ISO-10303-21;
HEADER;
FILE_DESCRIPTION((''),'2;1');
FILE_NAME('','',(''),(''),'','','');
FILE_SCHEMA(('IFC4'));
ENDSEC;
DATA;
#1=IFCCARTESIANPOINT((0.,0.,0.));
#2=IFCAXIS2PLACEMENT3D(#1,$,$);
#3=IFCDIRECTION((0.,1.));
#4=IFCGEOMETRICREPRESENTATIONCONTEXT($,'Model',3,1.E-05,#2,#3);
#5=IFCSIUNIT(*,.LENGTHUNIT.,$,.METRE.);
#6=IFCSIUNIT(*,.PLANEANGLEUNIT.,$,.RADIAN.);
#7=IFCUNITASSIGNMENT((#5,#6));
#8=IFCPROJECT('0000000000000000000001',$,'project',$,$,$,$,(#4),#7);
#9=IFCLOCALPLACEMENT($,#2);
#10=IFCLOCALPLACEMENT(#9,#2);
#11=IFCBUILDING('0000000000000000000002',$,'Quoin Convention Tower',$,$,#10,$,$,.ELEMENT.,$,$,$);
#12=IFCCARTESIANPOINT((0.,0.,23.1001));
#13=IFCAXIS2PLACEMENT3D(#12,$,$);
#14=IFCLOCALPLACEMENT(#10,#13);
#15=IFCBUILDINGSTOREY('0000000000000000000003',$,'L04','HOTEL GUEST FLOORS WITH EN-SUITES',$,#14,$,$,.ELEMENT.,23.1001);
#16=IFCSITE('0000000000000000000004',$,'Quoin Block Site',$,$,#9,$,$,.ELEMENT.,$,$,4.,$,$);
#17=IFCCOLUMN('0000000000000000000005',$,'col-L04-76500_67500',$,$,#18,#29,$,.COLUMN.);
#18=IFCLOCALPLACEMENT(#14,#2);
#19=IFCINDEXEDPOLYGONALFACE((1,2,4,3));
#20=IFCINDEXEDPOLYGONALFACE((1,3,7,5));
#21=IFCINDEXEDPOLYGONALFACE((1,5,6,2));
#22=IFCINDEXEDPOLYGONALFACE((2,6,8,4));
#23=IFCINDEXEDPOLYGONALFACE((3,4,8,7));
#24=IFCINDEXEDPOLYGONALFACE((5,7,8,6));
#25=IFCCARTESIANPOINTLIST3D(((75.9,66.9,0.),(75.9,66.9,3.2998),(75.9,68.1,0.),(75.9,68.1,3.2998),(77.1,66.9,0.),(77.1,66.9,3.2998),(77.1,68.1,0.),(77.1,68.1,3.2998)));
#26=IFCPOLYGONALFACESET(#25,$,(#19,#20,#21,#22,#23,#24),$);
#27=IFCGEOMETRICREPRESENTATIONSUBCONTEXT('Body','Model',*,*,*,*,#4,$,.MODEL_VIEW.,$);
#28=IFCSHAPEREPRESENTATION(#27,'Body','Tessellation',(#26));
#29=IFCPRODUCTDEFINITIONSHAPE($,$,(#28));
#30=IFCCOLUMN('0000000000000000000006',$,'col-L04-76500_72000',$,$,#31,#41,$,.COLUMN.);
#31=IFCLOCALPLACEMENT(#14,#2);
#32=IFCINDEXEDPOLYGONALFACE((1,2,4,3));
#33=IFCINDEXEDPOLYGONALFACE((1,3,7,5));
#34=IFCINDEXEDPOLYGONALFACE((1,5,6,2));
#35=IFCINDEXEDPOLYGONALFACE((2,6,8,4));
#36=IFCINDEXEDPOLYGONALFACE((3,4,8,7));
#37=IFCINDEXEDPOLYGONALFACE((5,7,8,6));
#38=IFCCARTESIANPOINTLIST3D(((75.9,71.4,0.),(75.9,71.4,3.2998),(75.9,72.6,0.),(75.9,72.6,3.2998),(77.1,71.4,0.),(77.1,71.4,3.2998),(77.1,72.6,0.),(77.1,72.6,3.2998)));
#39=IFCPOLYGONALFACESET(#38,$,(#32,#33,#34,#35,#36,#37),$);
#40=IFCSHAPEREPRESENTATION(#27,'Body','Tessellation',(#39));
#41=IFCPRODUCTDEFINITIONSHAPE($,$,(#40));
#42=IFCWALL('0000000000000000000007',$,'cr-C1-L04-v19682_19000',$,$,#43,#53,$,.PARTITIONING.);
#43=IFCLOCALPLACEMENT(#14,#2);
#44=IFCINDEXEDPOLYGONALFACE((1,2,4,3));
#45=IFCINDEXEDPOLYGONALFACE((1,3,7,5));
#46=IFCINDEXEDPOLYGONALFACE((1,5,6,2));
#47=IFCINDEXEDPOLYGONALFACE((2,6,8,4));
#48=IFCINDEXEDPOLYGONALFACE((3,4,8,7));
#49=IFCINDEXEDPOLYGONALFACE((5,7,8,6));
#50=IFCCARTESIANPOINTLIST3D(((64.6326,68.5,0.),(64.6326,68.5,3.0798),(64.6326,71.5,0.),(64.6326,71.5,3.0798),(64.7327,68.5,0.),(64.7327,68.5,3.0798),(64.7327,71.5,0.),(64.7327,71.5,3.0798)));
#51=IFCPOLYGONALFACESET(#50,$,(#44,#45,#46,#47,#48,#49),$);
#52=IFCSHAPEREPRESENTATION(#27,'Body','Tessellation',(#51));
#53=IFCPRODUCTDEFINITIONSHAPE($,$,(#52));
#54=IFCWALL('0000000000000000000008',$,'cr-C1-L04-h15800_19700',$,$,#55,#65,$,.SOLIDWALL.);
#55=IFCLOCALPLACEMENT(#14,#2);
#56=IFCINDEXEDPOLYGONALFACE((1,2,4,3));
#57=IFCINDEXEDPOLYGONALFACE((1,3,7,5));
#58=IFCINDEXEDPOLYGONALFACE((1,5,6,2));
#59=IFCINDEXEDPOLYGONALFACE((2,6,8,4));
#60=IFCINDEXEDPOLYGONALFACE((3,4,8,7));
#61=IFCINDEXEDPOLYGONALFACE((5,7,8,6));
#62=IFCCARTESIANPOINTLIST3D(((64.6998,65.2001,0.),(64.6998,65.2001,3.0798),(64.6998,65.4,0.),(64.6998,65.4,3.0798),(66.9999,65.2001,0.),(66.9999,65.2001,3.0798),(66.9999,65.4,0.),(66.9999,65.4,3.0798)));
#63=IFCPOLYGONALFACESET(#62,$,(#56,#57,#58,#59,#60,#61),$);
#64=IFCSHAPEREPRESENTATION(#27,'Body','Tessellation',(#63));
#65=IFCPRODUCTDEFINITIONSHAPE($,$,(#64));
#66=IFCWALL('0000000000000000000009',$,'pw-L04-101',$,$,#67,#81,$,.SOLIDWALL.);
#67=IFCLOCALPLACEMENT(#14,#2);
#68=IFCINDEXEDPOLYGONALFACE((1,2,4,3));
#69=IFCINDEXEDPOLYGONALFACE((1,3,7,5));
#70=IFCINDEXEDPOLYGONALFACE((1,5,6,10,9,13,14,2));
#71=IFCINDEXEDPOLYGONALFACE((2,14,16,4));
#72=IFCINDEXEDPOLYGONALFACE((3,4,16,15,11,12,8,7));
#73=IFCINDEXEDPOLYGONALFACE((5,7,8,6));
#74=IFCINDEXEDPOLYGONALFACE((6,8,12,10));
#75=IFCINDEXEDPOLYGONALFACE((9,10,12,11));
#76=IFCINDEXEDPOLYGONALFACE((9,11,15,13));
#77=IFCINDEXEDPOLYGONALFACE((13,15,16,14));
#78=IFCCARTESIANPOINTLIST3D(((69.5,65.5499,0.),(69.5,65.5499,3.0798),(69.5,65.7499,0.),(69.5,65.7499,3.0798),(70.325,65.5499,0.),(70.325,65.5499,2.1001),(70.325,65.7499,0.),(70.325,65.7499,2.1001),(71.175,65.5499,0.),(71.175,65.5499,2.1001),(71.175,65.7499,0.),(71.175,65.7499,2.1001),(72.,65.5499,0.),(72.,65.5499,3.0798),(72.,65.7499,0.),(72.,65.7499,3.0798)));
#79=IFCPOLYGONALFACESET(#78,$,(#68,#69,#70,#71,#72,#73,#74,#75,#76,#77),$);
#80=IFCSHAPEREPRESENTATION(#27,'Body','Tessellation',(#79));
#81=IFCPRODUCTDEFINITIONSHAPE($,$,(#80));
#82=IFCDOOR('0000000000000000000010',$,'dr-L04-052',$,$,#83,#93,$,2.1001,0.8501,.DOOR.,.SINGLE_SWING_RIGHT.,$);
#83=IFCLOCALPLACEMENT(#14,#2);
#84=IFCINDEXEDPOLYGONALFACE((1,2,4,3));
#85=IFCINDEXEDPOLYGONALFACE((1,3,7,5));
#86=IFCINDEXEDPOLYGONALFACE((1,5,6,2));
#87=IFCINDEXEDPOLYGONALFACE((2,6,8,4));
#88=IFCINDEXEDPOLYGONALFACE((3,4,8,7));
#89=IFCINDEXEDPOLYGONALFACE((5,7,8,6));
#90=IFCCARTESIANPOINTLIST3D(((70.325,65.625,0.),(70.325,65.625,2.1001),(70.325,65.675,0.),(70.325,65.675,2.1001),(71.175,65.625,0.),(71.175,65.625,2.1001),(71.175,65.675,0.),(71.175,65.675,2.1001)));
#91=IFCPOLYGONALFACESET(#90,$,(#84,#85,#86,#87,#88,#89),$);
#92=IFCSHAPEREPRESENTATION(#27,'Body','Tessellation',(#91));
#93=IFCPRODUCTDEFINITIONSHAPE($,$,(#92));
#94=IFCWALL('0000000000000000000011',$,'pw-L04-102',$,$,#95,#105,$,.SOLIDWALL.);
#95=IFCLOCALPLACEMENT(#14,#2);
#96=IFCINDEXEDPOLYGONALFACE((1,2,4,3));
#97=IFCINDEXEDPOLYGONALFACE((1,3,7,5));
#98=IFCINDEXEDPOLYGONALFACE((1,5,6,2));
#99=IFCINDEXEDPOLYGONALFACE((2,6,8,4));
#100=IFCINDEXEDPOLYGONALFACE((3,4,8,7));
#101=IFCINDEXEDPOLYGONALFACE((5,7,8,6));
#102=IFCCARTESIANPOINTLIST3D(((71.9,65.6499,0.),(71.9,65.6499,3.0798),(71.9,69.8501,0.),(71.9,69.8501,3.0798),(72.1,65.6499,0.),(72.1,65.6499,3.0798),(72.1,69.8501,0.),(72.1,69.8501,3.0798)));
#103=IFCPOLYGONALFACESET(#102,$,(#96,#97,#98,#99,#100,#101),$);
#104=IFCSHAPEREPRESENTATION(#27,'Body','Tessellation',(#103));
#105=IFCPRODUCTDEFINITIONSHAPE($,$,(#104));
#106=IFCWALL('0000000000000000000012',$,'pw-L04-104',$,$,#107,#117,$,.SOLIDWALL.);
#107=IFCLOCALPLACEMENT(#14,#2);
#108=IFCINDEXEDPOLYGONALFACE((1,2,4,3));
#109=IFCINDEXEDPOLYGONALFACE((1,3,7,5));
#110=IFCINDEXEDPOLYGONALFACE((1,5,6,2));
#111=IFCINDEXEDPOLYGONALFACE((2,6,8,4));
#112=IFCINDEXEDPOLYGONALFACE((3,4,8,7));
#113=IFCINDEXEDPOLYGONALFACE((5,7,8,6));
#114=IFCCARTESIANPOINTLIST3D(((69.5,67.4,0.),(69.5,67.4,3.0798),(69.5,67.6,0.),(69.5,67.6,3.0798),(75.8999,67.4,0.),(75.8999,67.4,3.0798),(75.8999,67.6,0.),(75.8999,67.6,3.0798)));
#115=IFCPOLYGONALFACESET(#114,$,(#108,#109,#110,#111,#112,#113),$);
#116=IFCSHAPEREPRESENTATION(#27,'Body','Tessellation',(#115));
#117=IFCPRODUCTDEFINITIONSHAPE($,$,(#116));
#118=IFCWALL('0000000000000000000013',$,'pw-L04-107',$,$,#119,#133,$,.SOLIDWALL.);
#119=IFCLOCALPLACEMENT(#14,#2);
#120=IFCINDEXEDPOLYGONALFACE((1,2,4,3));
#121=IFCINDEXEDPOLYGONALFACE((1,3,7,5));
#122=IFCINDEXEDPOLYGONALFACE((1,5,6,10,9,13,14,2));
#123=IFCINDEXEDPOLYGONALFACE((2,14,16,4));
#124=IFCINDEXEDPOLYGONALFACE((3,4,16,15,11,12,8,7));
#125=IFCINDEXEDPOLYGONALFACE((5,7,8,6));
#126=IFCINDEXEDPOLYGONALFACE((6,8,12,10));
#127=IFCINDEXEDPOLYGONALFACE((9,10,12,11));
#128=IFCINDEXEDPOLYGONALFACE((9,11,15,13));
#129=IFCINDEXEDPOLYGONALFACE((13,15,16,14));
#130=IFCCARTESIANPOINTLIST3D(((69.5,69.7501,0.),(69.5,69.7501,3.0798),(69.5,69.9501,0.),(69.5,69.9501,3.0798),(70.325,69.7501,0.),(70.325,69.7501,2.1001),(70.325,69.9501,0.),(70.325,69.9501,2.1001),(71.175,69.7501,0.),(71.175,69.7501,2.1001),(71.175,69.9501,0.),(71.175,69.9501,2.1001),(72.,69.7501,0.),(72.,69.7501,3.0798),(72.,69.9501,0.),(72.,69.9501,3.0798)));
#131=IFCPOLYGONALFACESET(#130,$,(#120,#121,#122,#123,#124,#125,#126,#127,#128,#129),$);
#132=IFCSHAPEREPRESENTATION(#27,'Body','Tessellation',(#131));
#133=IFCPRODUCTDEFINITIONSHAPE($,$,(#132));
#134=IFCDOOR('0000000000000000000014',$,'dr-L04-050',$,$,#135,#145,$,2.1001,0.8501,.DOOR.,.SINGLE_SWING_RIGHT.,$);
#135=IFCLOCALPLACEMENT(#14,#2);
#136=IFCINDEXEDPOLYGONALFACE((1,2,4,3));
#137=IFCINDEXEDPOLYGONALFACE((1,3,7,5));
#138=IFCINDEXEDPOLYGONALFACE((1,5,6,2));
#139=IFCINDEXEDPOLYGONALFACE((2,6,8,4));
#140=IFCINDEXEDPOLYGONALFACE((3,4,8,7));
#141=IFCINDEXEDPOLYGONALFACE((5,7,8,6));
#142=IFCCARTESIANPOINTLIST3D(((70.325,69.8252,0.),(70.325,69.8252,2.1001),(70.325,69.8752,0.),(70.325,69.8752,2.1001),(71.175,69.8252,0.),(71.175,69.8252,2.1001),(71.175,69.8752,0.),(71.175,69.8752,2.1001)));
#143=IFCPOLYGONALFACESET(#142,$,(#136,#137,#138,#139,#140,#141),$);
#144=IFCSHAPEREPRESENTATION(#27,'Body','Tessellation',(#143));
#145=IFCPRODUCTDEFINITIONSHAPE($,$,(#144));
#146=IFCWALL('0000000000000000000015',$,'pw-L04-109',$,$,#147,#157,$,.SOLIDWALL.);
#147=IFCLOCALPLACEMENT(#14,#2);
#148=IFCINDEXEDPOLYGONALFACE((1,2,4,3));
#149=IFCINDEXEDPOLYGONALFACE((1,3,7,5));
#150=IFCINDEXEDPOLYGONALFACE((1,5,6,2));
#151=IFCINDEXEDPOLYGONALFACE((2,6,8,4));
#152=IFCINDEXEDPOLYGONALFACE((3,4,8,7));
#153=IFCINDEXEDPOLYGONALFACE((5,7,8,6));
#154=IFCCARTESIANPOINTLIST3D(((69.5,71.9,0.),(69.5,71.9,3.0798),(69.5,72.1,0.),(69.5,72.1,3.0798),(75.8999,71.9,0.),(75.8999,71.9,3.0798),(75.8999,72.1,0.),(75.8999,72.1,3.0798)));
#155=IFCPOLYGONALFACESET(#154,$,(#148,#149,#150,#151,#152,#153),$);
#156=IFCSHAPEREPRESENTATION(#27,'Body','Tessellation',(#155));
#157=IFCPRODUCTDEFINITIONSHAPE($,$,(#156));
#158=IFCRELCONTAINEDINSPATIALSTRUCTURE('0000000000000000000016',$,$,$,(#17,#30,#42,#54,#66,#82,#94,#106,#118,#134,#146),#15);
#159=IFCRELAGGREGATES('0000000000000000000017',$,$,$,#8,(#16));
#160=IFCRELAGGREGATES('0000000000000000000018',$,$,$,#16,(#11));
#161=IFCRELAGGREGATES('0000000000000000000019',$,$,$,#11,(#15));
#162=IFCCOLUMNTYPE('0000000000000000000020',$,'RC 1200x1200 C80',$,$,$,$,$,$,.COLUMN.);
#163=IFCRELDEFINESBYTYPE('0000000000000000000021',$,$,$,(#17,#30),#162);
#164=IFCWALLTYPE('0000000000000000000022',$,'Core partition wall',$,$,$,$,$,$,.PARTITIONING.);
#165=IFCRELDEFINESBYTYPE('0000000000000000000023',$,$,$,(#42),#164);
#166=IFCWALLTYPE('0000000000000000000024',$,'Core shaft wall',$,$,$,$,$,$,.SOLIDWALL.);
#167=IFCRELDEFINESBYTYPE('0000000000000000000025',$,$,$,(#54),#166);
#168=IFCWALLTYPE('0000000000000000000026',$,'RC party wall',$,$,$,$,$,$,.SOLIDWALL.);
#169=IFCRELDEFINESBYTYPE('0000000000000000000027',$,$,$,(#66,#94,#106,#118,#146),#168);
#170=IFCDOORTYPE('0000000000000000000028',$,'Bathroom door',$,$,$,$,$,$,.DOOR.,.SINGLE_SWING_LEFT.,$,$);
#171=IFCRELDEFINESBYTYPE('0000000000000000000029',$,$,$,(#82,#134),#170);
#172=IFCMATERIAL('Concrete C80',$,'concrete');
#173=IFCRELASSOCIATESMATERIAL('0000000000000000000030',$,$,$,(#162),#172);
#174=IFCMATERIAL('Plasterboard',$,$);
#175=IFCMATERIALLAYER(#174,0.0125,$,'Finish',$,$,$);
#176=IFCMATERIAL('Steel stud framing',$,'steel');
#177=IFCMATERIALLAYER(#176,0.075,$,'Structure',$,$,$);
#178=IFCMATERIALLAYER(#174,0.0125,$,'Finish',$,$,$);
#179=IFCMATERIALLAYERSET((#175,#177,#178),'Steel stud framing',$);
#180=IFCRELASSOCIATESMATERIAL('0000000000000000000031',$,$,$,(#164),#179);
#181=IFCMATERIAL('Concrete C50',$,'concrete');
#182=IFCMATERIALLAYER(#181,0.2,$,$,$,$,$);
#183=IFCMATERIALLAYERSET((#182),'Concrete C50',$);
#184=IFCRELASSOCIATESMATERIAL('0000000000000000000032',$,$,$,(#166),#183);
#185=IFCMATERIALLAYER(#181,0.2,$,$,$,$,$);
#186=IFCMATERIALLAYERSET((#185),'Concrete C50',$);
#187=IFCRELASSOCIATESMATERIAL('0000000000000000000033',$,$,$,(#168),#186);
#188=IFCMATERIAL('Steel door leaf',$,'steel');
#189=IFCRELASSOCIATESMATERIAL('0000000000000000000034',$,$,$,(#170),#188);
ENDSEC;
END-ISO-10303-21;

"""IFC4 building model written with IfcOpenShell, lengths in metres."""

from ifc_helpers import new_model, si_unit, direction, frame, frame_2d, origin, origin_2d, place, context, subcontext, project, spatial, rectangle, extrude, material, layer, layer_set, material_profile, profile_set, type_object, element, fill, save


model = new_model("IFC4")

# Units and contexts
model_context = context("Model", 3, precision=1e-05, world=origin(), true_north=direction((0.0, 1.0)))
body_context = subcontext(model_context, "Body", "Model", "MODEL_VIEW")
ifc_project = project(units=[si_unit("LENGTHUNIT", "METRE"), si_unit("PLANEANGLEUNIT", "RADIAN")], contexts=[model_context])

# Site, building, storey
site_placement = place(None, origin())
site = spatial("IfcSite", under=ifc_project, at=site_placement, Name="Quoin Block Site", CompositionType="ELEMENT", RefElevation=4.0)
building_placement = place(site_placement, origin())
building = spatial("IfcBuilding", under=site, at=building_placement, Name="Quoin Convention Tower", CompositionType="ELEMENT")
storey_placement = place(building_placement, frame((0.0, 0.0, 23.1001)))
storey = spatial("IfcBuildingStorey", under=building, at=storey_placement, Name="L04", Description="HOTEL GUEST FLOORS WITH EN-SUITES", CompositionType="ELEMENT", Elevation=23.1001)

# Columns
ifc_material_1 = material(Name="Concrete C80", Category="concrete")
ifc_material_profile = material_profile(ifc_material_1, rectangle(XDim=1.2, YDim=1.2, at=origin_2d()), Name="RC 1200x1200")
ifc_profile_set = profile_set([ifc_material_profile], Name="Concrete C80")
column_type = type_object("IfcColumnType", Name="RC 1200x1200 C80", PredefinedType="COLUMN", material=ifc_profile_set)
for number, where, z_axis, x_axis, name in (
    (1, (76.5, 67.5, 0.0), (0.0, 0.0, 1.0), (1.0, 0.0, 0.0), "col-L04-76500_67500"),
    (2, (76.5, 72.0, 0.0), (0.0, 0.0, 1.0), (1.0, 0.0, 0.0), "col-L04-76500_72000"),
):
    element("IfcColumn", number, at=place(storey_placement, frame(where, z_axis=z_axis, x_axis=x_axis)), inside=storey, type_object=column_type, Name=name, PredefinedType="COLUMN", context=body_context, shape_type="SweptSolid", body=[
        extrude(rectangle(XDim=1.2, YDim=1.2, at=origin_2d()), origin(), (0.0, 0.0, 1.0), 3.2998),
    ])

# Walls
ifc_material_2 = material(Name="Plasterboard")
ifc_layer_1 = layer(ifc_material_2, 0.0125, Name="Finish")
ifc_material_3 = material(Name="Steel stud framing", Category="steel")
ifc_layer_2 = layer(ifc_material_3, 0.075, Name="Structure")
ifc_layer_3 = layer(ifc_material_2, 0.0125, Name="Finish")
ifc_layer_set_1 = layer_set([ifc_layer_1, ifc_layer_2, ifc_layer_3], Name="Steel stud framing")
wall_type_1 = type_object("IfcWallType", Name="Core partition wall", PredefinedType="PARTITIONING", material=ifc_layer_set_1)
wall_1_placement = place(storey_placement, frame((64.6826, 68.5, 0.0), z_axis=(0.0, 0.0, 1.0), x_axis=(0.0, 1.0, 0.0)))
element("IfcWall", 3, at=wall_1_placement, inside=storey, type_object=wall_type_1, Name="cr-C1-L04-v19682_19000", PredefinedType="PARTITIONING", context=body_context, shape_type="SweptSolid", body=[
    extrude(rectangle(XDim=3.0, YDim=0.1001, at=frame_2d((1.5, 0.0))), origin(), (0.0, 0.0, 1.0), 3.0798),
])
ifc_material_4 = material(Name="Concrete C50", Category="concrete")
ifc_layer_4 = layer(ifc_material_4, 0.2)
ifc_layer_set_2 = layer_set([ifc_layer_4], Name="Concrete C50")
wall_type_2 = type_object("IfcWallType", Name="Core shaft wall", PredefinedType="SOLIDWALL", material=ifc_layer_set_2)
wall_2_placement = place(storey_placement, frame((64.7, 65.3, 0.0), z_axis=(0.0, 0.0, 1.0), x_axis=(1.0, 0.0, 0.0)))
element("IfcWall", 4, at=wall_2_placement, inside=storey, type_object=wall_type_2, Name="cr-C1-L04-h15800_19700", PredefinedType="SOLIDWALL", context=body_context, shape_type="SweptSolid", body=[
    extrude(rectangle(XDim=2.3, YDim=0.2, at=frame_2d((1.1499, 0.0))), origin(), (0.0, 0.0, 1.0), 3.0798),
])

# Wall, opening, door
ifc_layer_5 = layer(ifc_material_4, 0.2)
ifc_layer_set_3 = layer_set([ifc_layer_5], Name="Concrete C50")
wall_type_3 = type_object("IfcWallType", Name="RC party wall", PredefinedType="SOLIDWALL", material=ifc_layer_set_3)
wall_3_placement = place(storey_placement, frame((69.5, 65.6499, 0.0), z_axis=(0.0, 0.0, 1.0), x_axis=(1.0, 0.0, 0.0)))
wall_3 = element("IfcWall", 5, at=wall_3_placement, inside=storey, type_object=wall_type_3, Name="pw-L04-101", PredefinedType="SOLIDWALL", context=body_context, shape_type="SweptSolid", body=[
    extrude(rectangle(XDim=2.5, YDim=0.2, at=frame_2d((1.25, 0.0))), origin(), (0.0, 0.0, 1.0), 3.0798),
])
opening_1_placement = place(wall_3_placement, frame((0.825, 0.0, 0.0)))
opening_1 = element("IfcOpeningElement", 6, at=opening_1_placement, cuts=wall_3, PredefinedType="OPENING", context=body_context, shape_type="SweptSolid", body=[
    extrude(rectangle(XDim=0.8501, YDim=2.1001, at=frame_2d((0.425, 1.05))), frame((0.0, 0.1099, 0.0), z_axis=(0.0, -1.0, 0.0), x_axis=(1.0, 0.0, 0.0)), (0.0, 0.0, 1.0), 0.22),
])
ifc_material_5 = material(Name="Steel door leaf", Category="steel")
door_type = type_object("IfcDoorType", Name="Bathroom door", OperationType="SINGLE_SWING_LEFT", PredefinedType="DOOR", material=ifc_material_5)
door_1_placement = place(opening_1_placement, frame((0.8501, 0.0, 0.0), z_axis=(0.0, 0.0, 1.0), x_axis=(-1.0, 0.0, 0.0)))
door_1 = element("IfcDoor", 7, at=door_1_placement, inside=storey, type_object=door_type, Name="dr-L04-052", OperationType="SINGLE_SWING_RIGHT", OverallHeight=2.1001, OverallWidth=0.8501, PredefinedType="DOOR", context=body_context, shape_type="SweptSolid", body=[
    extrude(rectangle(XDim=0.8501, YDim=2.1001, at=frame_2d((0.425, 1.05))), frame((0.0, 0.0249, 0.0), z_axis=(0.0, -1.0, 0.0), x_axis=(1.0, 0.0, 0.0)), (0.0, 0.0, 1.0), 0.05),
])
fill(opening_1, door_1)

# Walls
wall_4_placement = place(storey_placement, frame((72.0, 65.6499, 0.0), z_axis=(0.0, 0.0, 1.0), x_axis=(0.0, 1.0, 0.0)))
element("IfcWall", 8, at=wall_4_placement, inside=storey, type_object=wall_type_3, Name="pw-L04-102", PredefinedType="SOLIDWALL", context=body_context, shape_type="SweptSolid", body=[
    extrude(rectangle(XDim=4.2002, YDim=0.2, at=frame_2d((2.1001, 0.0))), origin(), (0.0, 0.0, 1.0), 3.0798),
])
wall_5_placement = place(storey_placement, frame((69.5, 67.5, 0.0), z_axis=(0.0, 0.0, 1.0), x_axis=(1.0, 0.0, 0.0)))
element("IfcWall", 9, at=wall_5_placement, inside=storey, type_object=wall_type_3, Name="pw-L04-104", PredefinedType="SOLIDWALL", context=body_context, shape_type="SweptSolid", body=[
    extrude(rectangle(XDim=6.3999, YDim=0.2, at=frame_2d((3.2, 0.0))), origin(), (0.0, 0.0, 1.0), 3.0798),
])

# Wall, opening, door
wall_6_placement = place(storey_placement, frame((69.5, 69.8501, 0.0), z_axis=(0.0, 0.0, 1.0), x_axis=(1.0, 0.0, 0.0)))
wall_6 = element("IfcWall", 10, at=wall_6_placement, inside=storey, type_object=wall_type_3, Name="pw-L04-107", PredefinedType="SOLIDWALL", context=body_context, shape_type="SweptSolid", body=[
    extrude(rectangle(XDim=2.5, YDim=0.2, at=frame_2d((1.25, 0.0))), origin(), (0.0, 0.0, 1.0), 3.0798),
])
opening_2_placement = place(wall_6_placement, frame((0.825, 0.0, 0.0)))
opening_2 = element("IfcOpeningElement", 11, at=opening_2_placement, cuts=wall_6, PredefinedType="OPENING", context=body_context, shape_type="SweptSolid", body=[
    extrude(rectangle(XDim=0.8501, YDim=2.1001, at=frame_2d((0.425, 1.05))), frame((0.0, 0.1099, 0.0), z_axis=(0.0, -1.0, 0.0), x_axis=(1.0, 0.0, 0.0)), (0.0, 0.0, 1.0), 0.22),
])
door_2_placement = place(opening_2_placement, frame((0.8501, 0.0, 0.0), z_axis=(0.0, 0.0, 1.0), x_axis=(-1.0, 0.0, 0.0)))
door_2 = element("IfcDoor", 12, at=door_2_placement, inside=storey, type_object=door_type, Name="dr-L04-050", OperationType="SINGLE_SWING_RIGHT", OverallHeight=2.1001, OverallWidth=0.8501, PredefinedType="DOOR", context=body_context, shape_type="SweptSolid", body=[
    extrude(rectangle(XDim=0.8501, YDim=2.1001, at=frame_2d((0.425, 1.05))), frame((0.0, 0.0249, 0.0), z_axis=(0.0, -1.0, 0.0), x_axis=(1.0, 0.0, 0.0)), (0.0, 0.0, 1.0), 0.05),
])
fill(opening_2, door_2)

# Wall
wall_7_placement = place(storey_placement, frame((69.5, 72.0, 0.0), z_axis=(0.0, 0.0, 1.0), x_axis=(1.0, 0.0, 0.0)))
element("IfcWall", 13, at=wall_7_placement, inside=storey, type_object=wall_type_3, Name="pw-L04-109", PredefinedType="SOLIDWALL", context=body_context, shape_type="SweptSolid", body=[
    extrude(rectangle(XDim=6.3999, YDim=0.2, at=frame_2d((3.2, 0.0))), origin(), (0.0, 0.0, 1.0), 3.0798),
])

save(model, "model.ifc")
